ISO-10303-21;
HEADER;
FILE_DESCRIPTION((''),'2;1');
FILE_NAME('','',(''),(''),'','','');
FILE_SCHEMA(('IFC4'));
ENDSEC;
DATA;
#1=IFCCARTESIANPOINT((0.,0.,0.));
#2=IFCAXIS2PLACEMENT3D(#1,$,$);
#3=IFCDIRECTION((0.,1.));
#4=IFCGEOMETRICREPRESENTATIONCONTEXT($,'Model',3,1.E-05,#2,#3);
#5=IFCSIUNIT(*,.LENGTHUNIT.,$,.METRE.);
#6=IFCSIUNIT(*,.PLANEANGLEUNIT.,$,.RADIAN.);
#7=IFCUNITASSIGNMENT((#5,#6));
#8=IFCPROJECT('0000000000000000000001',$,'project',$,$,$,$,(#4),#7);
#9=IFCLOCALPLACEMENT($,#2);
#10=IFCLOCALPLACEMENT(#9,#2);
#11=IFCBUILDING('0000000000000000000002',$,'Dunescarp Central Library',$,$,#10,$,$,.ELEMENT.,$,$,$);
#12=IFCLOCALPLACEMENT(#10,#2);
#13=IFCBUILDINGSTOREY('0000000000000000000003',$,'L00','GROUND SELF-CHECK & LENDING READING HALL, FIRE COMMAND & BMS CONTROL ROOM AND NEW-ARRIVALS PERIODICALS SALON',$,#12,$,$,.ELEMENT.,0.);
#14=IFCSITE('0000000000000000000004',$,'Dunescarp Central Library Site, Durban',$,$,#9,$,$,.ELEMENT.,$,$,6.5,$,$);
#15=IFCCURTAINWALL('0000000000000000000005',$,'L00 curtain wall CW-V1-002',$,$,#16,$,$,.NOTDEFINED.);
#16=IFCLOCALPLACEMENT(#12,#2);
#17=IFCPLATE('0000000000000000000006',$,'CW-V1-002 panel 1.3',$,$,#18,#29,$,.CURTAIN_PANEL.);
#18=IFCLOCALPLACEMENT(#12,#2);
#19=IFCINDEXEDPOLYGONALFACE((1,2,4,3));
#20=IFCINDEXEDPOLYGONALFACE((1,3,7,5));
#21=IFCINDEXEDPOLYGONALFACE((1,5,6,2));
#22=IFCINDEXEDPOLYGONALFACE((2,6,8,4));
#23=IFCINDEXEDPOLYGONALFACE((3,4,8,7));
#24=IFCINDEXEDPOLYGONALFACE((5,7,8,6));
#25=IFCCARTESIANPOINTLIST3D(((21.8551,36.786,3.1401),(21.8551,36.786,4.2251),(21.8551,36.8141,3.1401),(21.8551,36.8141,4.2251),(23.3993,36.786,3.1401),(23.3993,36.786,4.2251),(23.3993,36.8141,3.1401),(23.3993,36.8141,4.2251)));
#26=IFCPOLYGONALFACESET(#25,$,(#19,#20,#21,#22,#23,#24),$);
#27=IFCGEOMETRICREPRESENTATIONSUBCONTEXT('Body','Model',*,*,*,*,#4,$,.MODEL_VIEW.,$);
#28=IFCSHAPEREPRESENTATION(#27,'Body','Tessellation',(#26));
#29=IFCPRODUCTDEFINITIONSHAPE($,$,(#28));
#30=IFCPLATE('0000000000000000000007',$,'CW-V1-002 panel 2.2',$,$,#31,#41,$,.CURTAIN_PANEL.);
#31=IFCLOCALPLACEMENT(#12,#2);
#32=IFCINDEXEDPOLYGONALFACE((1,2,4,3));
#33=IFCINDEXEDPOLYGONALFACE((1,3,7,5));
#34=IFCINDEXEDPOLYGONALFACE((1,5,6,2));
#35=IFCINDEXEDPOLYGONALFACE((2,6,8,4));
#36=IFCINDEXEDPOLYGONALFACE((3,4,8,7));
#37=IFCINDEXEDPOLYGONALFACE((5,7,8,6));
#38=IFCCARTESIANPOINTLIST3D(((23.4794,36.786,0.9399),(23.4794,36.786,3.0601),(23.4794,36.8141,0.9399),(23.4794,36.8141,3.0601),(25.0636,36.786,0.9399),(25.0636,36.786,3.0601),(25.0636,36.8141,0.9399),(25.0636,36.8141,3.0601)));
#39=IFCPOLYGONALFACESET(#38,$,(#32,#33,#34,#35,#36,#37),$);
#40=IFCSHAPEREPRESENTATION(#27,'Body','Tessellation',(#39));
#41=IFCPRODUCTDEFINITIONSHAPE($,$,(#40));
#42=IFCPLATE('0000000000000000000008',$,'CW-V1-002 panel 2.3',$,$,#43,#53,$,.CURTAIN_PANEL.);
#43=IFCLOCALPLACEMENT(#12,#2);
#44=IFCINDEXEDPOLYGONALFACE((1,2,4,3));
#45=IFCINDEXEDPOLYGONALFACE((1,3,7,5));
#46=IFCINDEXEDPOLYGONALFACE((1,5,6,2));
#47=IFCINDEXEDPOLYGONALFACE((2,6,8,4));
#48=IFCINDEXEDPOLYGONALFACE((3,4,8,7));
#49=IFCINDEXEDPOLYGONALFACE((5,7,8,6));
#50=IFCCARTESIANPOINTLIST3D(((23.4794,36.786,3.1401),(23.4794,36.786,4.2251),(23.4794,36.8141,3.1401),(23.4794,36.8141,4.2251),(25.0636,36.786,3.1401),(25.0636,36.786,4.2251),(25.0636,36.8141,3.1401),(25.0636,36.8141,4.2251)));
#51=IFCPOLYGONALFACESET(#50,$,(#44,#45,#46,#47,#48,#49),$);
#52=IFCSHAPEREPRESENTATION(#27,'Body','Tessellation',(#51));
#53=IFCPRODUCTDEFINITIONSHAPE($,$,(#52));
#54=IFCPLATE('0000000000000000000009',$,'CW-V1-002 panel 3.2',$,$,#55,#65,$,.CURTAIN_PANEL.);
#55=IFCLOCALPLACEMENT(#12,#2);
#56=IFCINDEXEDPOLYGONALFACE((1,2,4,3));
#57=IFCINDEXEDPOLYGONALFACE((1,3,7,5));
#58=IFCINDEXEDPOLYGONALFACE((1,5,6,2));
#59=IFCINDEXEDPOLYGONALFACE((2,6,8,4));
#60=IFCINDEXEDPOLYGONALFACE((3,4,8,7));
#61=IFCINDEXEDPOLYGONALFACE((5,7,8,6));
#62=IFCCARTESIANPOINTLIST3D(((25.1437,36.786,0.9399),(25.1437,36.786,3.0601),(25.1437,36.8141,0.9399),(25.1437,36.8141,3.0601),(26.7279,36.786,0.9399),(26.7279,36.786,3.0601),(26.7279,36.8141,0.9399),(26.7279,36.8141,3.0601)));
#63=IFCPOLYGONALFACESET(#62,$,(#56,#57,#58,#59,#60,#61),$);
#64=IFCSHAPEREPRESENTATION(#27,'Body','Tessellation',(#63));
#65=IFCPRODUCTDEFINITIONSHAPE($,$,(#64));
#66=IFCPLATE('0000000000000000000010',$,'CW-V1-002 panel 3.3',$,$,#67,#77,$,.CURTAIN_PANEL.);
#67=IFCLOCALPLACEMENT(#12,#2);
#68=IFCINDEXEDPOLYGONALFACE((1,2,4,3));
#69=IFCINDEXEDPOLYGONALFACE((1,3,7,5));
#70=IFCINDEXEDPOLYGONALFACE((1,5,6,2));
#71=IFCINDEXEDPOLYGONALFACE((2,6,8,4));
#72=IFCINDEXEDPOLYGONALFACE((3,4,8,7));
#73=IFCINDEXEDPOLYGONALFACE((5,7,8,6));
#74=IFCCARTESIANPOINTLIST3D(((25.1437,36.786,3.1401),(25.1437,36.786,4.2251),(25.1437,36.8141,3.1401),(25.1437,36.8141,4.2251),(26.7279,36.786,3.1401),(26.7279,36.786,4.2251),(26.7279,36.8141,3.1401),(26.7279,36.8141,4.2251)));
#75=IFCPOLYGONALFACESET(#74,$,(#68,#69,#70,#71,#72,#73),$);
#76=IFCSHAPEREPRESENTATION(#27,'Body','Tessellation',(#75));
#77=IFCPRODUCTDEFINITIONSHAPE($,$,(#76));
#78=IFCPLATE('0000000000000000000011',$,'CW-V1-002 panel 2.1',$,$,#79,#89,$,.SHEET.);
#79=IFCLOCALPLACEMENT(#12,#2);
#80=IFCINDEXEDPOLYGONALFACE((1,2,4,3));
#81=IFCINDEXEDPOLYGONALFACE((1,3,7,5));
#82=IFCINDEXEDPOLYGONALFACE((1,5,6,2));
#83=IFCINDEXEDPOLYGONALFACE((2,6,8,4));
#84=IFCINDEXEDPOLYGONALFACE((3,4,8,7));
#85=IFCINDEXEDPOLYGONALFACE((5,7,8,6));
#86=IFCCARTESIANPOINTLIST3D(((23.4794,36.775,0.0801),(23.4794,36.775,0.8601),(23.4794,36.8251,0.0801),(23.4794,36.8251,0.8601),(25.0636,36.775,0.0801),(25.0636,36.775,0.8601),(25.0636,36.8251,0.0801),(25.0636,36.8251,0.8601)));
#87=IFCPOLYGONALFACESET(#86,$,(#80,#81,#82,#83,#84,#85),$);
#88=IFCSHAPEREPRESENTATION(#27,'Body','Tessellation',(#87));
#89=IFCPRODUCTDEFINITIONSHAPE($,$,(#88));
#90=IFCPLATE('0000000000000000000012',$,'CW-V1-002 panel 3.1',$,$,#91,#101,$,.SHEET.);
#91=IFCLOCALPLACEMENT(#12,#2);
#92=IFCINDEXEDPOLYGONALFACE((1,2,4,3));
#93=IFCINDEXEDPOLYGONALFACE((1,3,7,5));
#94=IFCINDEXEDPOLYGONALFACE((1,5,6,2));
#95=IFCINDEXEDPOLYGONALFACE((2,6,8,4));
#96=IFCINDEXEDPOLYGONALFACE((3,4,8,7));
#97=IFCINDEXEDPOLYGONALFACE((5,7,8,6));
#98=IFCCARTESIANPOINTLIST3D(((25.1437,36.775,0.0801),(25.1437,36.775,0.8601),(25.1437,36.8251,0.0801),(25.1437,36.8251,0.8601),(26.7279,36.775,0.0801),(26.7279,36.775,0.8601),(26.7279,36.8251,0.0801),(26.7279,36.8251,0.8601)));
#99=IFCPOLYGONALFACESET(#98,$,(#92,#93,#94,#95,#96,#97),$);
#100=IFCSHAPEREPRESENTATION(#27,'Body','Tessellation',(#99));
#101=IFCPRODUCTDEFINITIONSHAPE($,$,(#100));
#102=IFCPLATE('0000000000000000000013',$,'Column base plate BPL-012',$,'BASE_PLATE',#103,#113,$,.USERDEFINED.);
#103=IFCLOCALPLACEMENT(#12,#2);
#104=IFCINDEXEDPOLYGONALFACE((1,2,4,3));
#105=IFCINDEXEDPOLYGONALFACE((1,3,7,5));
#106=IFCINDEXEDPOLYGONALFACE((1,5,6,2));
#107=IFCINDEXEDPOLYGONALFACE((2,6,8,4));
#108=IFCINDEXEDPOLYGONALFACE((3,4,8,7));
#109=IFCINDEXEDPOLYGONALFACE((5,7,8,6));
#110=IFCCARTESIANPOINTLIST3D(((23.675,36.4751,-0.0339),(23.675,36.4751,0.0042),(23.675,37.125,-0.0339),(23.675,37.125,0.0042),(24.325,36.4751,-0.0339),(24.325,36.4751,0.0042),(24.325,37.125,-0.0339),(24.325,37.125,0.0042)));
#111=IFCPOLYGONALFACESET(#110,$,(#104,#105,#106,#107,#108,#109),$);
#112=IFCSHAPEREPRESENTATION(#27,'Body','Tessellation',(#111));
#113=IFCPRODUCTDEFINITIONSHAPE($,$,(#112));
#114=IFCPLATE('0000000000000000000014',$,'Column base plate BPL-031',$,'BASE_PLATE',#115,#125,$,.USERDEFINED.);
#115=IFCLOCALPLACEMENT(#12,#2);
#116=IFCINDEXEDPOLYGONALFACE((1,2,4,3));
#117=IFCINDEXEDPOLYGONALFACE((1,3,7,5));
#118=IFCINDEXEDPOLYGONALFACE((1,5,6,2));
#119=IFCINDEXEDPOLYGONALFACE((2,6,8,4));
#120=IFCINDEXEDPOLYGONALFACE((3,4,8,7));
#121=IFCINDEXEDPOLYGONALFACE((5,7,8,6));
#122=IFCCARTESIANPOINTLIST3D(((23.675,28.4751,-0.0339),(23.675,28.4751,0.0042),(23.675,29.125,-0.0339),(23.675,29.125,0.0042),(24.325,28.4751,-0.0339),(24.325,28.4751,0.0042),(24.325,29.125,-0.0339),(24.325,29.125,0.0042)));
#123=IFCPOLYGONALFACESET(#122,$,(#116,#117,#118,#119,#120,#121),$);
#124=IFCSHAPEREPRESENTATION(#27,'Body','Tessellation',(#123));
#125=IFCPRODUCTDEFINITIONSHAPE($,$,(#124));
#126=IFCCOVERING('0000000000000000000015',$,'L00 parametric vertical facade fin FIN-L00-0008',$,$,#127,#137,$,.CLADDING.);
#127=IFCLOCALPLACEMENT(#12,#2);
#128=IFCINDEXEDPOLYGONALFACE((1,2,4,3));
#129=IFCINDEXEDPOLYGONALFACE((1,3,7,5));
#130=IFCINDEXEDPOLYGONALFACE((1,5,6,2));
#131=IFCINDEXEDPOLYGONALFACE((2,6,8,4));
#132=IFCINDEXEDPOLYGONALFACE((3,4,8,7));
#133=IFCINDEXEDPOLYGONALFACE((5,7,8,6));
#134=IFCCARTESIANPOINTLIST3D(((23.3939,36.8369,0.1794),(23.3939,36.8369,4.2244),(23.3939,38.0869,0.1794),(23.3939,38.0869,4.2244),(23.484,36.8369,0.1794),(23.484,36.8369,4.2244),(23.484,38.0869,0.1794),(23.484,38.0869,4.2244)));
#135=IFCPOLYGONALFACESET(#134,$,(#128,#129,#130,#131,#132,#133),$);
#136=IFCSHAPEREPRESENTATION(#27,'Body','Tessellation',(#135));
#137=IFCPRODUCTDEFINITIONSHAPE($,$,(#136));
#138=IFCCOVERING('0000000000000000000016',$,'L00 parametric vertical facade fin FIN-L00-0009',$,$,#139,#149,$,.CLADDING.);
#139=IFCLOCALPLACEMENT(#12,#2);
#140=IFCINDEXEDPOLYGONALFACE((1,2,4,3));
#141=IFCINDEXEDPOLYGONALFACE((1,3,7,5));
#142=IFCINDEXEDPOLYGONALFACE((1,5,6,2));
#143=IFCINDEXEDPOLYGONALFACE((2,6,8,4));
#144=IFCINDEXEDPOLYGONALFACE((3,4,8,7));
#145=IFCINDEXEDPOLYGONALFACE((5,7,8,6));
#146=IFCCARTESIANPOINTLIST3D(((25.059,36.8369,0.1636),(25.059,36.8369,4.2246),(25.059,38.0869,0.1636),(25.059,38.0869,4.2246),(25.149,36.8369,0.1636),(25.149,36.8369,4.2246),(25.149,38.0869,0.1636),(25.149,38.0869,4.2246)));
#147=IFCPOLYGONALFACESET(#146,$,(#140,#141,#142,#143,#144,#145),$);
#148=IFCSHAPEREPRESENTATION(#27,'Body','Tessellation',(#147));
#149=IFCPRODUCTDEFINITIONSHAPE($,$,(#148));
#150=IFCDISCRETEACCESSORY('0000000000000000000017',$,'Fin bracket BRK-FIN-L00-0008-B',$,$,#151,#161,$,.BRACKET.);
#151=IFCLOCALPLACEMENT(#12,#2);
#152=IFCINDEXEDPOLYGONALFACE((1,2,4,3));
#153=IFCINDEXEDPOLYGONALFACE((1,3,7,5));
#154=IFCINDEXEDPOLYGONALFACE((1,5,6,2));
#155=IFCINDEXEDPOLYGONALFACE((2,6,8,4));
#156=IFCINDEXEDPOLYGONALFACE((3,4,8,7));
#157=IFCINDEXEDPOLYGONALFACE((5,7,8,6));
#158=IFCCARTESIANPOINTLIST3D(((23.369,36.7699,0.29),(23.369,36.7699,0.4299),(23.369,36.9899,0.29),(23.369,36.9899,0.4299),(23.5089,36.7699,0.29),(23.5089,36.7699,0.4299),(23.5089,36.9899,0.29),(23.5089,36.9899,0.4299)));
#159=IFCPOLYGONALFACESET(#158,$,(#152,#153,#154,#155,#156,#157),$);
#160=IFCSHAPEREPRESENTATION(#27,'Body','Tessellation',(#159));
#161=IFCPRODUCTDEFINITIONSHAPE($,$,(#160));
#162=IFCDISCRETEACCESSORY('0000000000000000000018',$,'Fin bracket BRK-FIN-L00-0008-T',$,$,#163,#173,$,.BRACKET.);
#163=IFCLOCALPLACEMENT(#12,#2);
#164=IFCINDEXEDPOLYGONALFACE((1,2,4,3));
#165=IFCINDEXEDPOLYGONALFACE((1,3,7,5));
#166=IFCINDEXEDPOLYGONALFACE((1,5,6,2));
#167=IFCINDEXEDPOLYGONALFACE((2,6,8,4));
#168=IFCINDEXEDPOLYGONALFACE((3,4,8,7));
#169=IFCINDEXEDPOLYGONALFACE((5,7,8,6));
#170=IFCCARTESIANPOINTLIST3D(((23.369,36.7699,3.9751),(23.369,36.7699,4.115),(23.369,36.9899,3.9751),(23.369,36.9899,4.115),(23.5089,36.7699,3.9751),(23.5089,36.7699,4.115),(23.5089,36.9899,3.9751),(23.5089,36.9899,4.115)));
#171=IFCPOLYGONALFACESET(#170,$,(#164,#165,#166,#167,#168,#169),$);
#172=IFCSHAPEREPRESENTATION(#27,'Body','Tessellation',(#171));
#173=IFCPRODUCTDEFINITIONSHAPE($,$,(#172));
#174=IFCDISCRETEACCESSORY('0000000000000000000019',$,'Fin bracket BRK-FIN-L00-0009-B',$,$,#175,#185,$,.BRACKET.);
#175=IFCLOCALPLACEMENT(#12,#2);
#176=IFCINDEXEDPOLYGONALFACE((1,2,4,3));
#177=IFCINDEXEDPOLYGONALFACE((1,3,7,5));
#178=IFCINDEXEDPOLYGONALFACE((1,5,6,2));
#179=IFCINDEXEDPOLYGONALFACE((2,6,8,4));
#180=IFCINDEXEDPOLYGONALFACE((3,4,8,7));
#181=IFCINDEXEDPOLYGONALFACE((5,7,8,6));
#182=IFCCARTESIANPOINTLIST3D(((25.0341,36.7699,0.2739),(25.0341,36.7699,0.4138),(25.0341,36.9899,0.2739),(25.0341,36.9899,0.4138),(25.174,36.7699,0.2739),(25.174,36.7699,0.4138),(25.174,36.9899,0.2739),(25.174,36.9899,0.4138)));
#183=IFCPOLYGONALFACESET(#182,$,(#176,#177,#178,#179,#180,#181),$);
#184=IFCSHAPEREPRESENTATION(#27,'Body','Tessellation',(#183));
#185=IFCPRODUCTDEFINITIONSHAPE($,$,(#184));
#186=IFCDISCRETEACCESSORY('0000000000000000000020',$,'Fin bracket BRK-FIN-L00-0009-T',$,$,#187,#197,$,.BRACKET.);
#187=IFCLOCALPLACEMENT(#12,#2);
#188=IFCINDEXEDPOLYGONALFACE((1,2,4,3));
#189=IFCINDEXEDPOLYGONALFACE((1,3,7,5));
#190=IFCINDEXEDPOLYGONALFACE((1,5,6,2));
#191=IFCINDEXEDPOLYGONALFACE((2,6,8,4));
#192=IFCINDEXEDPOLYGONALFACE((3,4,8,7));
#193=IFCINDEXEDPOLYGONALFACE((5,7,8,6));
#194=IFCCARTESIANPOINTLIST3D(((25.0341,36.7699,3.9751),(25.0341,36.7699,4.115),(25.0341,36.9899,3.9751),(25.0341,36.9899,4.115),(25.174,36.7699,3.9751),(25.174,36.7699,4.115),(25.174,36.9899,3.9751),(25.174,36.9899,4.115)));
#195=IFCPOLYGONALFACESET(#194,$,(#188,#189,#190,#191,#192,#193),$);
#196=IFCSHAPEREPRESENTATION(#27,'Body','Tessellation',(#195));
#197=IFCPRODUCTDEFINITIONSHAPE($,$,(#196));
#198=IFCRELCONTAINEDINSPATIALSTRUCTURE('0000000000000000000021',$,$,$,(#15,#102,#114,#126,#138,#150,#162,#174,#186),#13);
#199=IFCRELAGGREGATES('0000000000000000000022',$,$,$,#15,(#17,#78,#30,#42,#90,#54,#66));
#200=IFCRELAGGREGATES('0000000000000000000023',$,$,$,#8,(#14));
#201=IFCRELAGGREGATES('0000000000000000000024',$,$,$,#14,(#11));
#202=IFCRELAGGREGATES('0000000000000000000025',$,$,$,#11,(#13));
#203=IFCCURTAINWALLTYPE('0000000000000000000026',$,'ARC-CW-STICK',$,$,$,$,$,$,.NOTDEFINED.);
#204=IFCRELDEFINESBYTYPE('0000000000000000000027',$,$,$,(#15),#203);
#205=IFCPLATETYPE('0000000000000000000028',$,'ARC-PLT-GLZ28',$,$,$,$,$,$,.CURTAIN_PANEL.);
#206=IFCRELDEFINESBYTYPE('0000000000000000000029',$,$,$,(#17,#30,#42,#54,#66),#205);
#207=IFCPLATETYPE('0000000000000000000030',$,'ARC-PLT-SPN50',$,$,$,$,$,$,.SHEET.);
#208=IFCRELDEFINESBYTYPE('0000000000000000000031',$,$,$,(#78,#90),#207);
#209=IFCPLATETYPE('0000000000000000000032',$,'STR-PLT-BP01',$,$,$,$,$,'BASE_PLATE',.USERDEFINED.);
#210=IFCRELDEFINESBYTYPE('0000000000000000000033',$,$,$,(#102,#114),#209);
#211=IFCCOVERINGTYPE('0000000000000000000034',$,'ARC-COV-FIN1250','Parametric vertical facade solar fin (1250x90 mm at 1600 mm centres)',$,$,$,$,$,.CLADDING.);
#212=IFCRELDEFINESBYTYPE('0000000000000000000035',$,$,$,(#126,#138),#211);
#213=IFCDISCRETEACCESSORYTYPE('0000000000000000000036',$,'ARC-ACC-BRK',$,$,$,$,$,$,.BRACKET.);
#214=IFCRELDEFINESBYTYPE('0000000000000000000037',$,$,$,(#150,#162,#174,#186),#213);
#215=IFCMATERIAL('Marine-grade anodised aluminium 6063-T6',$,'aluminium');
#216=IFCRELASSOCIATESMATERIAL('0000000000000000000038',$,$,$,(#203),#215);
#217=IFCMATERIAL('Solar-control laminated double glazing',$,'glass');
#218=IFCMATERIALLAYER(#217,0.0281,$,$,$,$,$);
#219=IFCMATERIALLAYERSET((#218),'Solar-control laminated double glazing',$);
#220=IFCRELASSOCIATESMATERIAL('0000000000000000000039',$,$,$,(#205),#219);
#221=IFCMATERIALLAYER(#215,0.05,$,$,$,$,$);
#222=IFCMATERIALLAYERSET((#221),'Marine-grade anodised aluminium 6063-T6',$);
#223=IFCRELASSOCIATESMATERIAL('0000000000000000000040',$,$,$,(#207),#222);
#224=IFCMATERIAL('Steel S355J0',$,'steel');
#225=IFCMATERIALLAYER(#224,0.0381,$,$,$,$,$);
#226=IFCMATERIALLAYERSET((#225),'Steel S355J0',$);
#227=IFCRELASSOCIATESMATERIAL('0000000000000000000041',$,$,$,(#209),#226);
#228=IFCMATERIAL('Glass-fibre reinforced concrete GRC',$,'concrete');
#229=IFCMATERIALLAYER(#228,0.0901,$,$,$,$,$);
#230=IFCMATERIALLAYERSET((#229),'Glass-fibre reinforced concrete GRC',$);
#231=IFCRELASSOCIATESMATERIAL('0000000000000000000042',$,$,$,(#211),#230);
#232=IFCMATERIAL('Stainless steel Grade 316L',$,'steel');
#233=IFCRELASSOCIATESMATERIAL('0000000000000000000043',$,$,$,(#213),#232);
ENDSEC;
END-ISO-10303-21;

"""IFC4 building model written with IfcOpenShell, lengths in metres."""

from ifc_helpers import new_model, si_unit, direction, frame, origin, origin_2d, place, context, subcontext, project, spatial, rectangle, extrude, material, layer, layer_set, type_object, element, aggregate, save


model = new_model("IFC4")

# Units and contexts
model_context = context("Model", 3, precision=1e-05, world=origin(), true_north=direction((0.0, 1.0)))
body_context = subcontext(model_context, "Body", "Model", "MODEL_VIEW")
ifc_project = project(units=[si_unit("LENGTHUNIT", "METRE"), si_unit("PLANEANGLEUNIT", "RADIAN")], contexts=[model_context])

# Site, building, storey
site_placement = place(None, origin())
site = spatial("IfcSite", under=ifc_project, at=site_placement, Name="Dunescarp Central Library Site, Durban", CompositionType="ELEMENT", RefElevation=6.5)
building_placement = place(site_placement, origin())
building = spatial("IfcBuilding", under=site, at=building_placement, Name="Dunescarp Central Library", CompositionType="ELEMENT")
storey_placement = place(building_placement, origin())
storey = spatial("IfcBuildingStorey", under=building, at=storey_placement, Name="L00", Description="GROUND SELF-CHECK & LENDING READING HALL, FIRE COMMAND & BMS CONTROL ROOM AND NEW-ARRIVALS PERIODICALS SALON", CompositionType="ELEMENT", Elevation=0.0)

# Curtain wall, plates
ifc_material_1 = material(Name="Marine-grade anodised aluminium 6063-T6", Category="aluminium")
curtain_wall_type = type_object("IfcCurtainWallType", Name="ARC-CW-STICK", PredefinedType="NOTDEFINED", material=ifc_material_1)
curtain_wall_placement = place(storey_placement, origin())
curtain_wall = element("IfcCurtainWall", 1, at=curtain_wall_placement, inside=storey, type_object=curtain_wall_type, Name="L00 curtain wall CW-V1-002", PredefinedType="NOTDEFINED")
ifc_material_2 = material(Name="Solar-control laminated double glazing", Category="glass")
ifc_layer_1 = layer(ifc_material_2, 0.0281)
ifc_layer_set_1 = layer_set([ifc_layer_1], Name="Solar-control laminated double glazing")
plate_type_1 = type_object("IfcPlateType", Name="ARC-PLT-GLZ28", PredefinedType="CURTAIN_PANEL", material=ifc_layer_set_1)
plate_1_placement = place(storey_placement, frame((22.6272, 36.8, 3.1401), z_axis=(0.0, 0.0, 1.0), x_axis=(1.0, 0.0, 0.0)))
plate_1 = element("IfcPlate", 2, at=plate_1_placement, type_object=plate_type_1, Name="CW-V1-002 panel 1.3", PredefinedType="CURTAIN_PANEL", context=body_context, shape_type="SweptSolid", body=[
    extrude(rectangle(XDim=1.5442, YDim=0.0281, at=origin_2d()), origin(), (0.0, 0.0, 1.0), 1.085),
])
plate_2_placement = place(storey_placement, frame((24.2715, 36.8, 0.9399), z_axis=(0.0, 0.0, 1.0), x_axis=(1.0, 0.0, 0.0)))
plate_2 = element("IfcPlate", 3, at=plate_2_placement, type_object=plate_type_1, Name="CW-V1-002 panel 2.2", PredefinedType="CURTAIN_PANEL", context=body_context, shape_type="SweptSolid", body=[
    extrude(rectangle(XDim=1.5842, YDim=0.0281, at=origin_2d()), origin(), (0.0, 0.0, 1.0), 2.1201),
])
plate_3_placement = place(storey_placement, frame((24.2715, 36.8, 3.1401), z_axis=(0.0, 0.0, 1.0), x_axis=(1.0, 0.0, 0.0)))
plate_3 = element("IfcPlate", 4, at=plate_3_placement, type_object=plate_type_1, Name="CW-V1-002 panel 2.3", PredefinedType="CURTAIN_PANEL", context=body_context, shape_type="SweptSolid", body=[
    extrude(rectangle(XDim=1.5842, YDim=0.0281, at=origin_2d()), origin(), (0.0, 0.0, 1.0), 1.085),
])
plate_4_placement = place(storey_placement, frame((25.9358, 36.8, 0.9399), z_axis=(0.0, 0.0, 1.0), x_axis=(1.0, 0.0, 0.0)))
plate_4 = element("IfcPlate", 5, at=plate_4_placement, type_object=plate_type_1, Name="CW-V1-002 panel 3.2", PredefinedType="CURTAIN_PANEL", context=body_context, shape_type="SweptSolid", body=[
    extrude(rectangle(XDim=1.5842, YDim=0.0281, at=origin_2d()), origin(), (0.0, 0.0, 1.0), 2.1201),
])
plate_5_placement = place(storey_placement, frame((25.9358, 36.8, 3.1401), z_axis=(0.0, 0.0, 1.0), x_axis=(1.0, 0.0, 0.0)))
plate_5 = element("IfcPlate", 6, at=plate_5_placement, type_object=plate_type_1, Name="CW-V1-002 panel 3.3", PredefinedType="CURTAIN_PANEL", context=body_context, shape_type="SweptSolid", body=[
    extrude(rectangle(XDim=1.5842, YDim=0.0281, at=origin_2d()), origin(), (0.0, 0.0, 1.0), 1.085),
])
ifc_layer_2 = layer(ifc_material_1, 0.05)
ifc_layer_set_2 = layer_set([ifc_layer_2], Name="Marine-grade anodised aluminium 6063-T6")
plate_type_2 = type_object("IfcPlateType", Name="ARC-PLT-SPN50", PredefinedType="SHEET", material=ifc_layer_set_2)
plate_6_placement = place(storey_placement, frame((24.2715, 36.8, 0.0801), z_axis=(0.0, 0.0, 1.0), x_axis=(1.0, 0.0, 0.0)))
plate_6 = element("IfcPlate", 7, at=plate_6_placement, type_object=plate_type_2, Name="CW-V1-002 panel 2.1", PredefinedType="SHEET", context=body_context, shape_type="SweptSolid", body=[
    extrude(rectangle(XDim=1.5842, YDim=0.05, at=origin_2d()), origin(), (0.0, 0.0, 1.0), 0.78),
])
plate_7_placement = place(storey_placement, frame((25.9358, 36.8, 0.0801), z_axis=(0.0, 0.0, 1.0), x_axis=(1.0, 0.0, 0.0)))
plate_7 = element("IfcPlate", 8, at=plate_7_placement, type_object=plate_type_2, Name="CW-V1-002 panel 3.1", PredefinedType="SHEET", context=body_context, shape_type="SweptSolid", body=[
    extrude(rectangle(XDim=1.5842, YDim=0.05, at=origin_2d()), origin(), (0.0, 0.0, 1.0), 0.78),
])
aggregate(curtain_wall, [plate_1, plate_6, plate_2, plate_3, plate_7, plate_4, plate_5])

# Plates
ifc_material_3 = material(Name="Steel S355J0", Category="steel")
ifc_layer_3 = layer(ifc_material_3, 0.0381)
ifc_layer_set_3 = layer_set([ifc_layer_3], Name="Steel S355J0")
plate_type_3 = type_object("IfcPlateType", Name="STR-PLT-BP01", ElementType="BASE_PLATE", PredefinedType="USERDEFINED", material=ifc_layer_set_3)
for number, where, z_axis, x_axis, name in (
    (9, (24.0, 36.8, -0.0339), (0.0, 0.0, 1.0), (1.0, 0.0, 0.0), "Column base plate BPL-012"),
    (10, (24.0, 28.8, -0.0339), (0.0, 0.0, 1.0), (1.0, 0.0, 0.0), "Column base plate BPL-031"),
):
    element("IfcPlate", number, at=place(storey_placement, frame(where, z_axis=z_axis, x_axis=x_axis)), inside=storey, type_object=plate_type_3, Name=name, ObjectType="BASE_PLATE", PredefinedType="USERDEFINED", context=body_context, shape_type="SweptSolid", body=[
        extrude(rectangle(XDim=0.6499, YDim=0.6499, at=origin_2d()), origin(), (0.0, 0.0, 1.0), 0.0381),
    ])

# Coverings
ifc_material_4 = material(Name="Glass-fibre reinforced concrete GRC", Category="concrete")
ifc_layer_4 = layer(ifc_material_4, 0.0901)
ifc_layer_set_4 = layer_set([ifc_layer_4], Name="Glass-fibre reinforced concrete GRC")
covering_type = type_object("IfcCoveringType", Name="ARC-COV-FIN1250", Description="Parametric vertical facade solar fin (1250x90 mm at 1600 mm centres)", PredefinedType="CLADDING", material=ifc_layer_set_4)
covering_1_placement = place(storey_placement, frame((23.439, 37.4619, 0.1794), z_axis=(0.0, 0.0, 1.0), x_axis=(0.0, 1.0, 0.0)))
element("IfcCovering", 11, at=covering_1_placement, inside=storey, type_object=covering_type, Name="L00 parametric vertical facade fin FIN-L00-0008", PredefinedType="CLADDING", context=body_context, shape_type="SweptSolid", body=[
    extrude(rectangle(XDim=1.25, YDim=0.0901, at=origin_2d()), origin(), (0.0, 0.0, 1.0), 4.0449),
])
covering_2_placement = place(storey_placement, frame((25.104, 37.4619, 0.1636), z_axis=(0.0, 0.0, 1.0), x_axis=(0.0, 1.0, 0.0)))
element("IfcCovering", 12, at=covering_2_placement, inside=storey, type_object=covering_type, Name="L00 parametric vertical facade fin FIN-L00-0009", PredefinedType="CLADDING", context=body_context, shape_type="SweptSolid", body=[
    extrude(rectangle(XDim=1.25, YDim=0.0901, at=origin_2d()), origin(), (0.0, 0.0, 1.0), 4.061),
])

# Discrete accessories
ifc_material_5 = material(Name="Stainless steel Grade 316L", Category="steel")
discrete_accessory_type = type_object("IfcDiscreteAccessoryType", Name="ARC-ACC-BRK", PredefinedType="BRACKET", material=ifc_material_5)
for number, where, z_axis, x_axis, name in (
    (13, (23.439, 36.8799, 0.29), (0.0, 0.0, 1.0), (0.0, 1.0, 0.0), "Fin bracket BRK-FIN-L00-0008-B"),
    (14, (23.439, 36.8799, 3.9751), (0.0, 0.0, 1.0), (0.0, 1.0, 0.0), "Fin bracket BRK-FIN-L00-0008-T"),
    (15, (25.104, 36.8799, 0.2739), (0.0, 0.0, 1.0), (0.0, 1.0, 0.0), "Fin bracket BRK-FIN-L00-0009-B"),
    (16, (25.104, 36.8799, 3.9751), (0.0, 0.0, 1.0), (0.0, 1.0, 0.0), "Fin bracket BRK-FIN-L00-0009-T"),
):
    element("IfcDiscreteAccessory", number, at=place(storey_placement, frame(where, z_axis=z_axis, x_axis=x_axis)), inside=storey, type_object=discrete_accessory_type, Name=name, PredefinedType="BRACKET", context=body_context, shape_type="SweptSolid", body=[
        extrude(rectangle(XDim=0.22, YDim=0.1399, at=origin_2d()), origin(), (0.0, 0.0, 1.0), 0.1399),
    ])

save(model, "model.ifc")
